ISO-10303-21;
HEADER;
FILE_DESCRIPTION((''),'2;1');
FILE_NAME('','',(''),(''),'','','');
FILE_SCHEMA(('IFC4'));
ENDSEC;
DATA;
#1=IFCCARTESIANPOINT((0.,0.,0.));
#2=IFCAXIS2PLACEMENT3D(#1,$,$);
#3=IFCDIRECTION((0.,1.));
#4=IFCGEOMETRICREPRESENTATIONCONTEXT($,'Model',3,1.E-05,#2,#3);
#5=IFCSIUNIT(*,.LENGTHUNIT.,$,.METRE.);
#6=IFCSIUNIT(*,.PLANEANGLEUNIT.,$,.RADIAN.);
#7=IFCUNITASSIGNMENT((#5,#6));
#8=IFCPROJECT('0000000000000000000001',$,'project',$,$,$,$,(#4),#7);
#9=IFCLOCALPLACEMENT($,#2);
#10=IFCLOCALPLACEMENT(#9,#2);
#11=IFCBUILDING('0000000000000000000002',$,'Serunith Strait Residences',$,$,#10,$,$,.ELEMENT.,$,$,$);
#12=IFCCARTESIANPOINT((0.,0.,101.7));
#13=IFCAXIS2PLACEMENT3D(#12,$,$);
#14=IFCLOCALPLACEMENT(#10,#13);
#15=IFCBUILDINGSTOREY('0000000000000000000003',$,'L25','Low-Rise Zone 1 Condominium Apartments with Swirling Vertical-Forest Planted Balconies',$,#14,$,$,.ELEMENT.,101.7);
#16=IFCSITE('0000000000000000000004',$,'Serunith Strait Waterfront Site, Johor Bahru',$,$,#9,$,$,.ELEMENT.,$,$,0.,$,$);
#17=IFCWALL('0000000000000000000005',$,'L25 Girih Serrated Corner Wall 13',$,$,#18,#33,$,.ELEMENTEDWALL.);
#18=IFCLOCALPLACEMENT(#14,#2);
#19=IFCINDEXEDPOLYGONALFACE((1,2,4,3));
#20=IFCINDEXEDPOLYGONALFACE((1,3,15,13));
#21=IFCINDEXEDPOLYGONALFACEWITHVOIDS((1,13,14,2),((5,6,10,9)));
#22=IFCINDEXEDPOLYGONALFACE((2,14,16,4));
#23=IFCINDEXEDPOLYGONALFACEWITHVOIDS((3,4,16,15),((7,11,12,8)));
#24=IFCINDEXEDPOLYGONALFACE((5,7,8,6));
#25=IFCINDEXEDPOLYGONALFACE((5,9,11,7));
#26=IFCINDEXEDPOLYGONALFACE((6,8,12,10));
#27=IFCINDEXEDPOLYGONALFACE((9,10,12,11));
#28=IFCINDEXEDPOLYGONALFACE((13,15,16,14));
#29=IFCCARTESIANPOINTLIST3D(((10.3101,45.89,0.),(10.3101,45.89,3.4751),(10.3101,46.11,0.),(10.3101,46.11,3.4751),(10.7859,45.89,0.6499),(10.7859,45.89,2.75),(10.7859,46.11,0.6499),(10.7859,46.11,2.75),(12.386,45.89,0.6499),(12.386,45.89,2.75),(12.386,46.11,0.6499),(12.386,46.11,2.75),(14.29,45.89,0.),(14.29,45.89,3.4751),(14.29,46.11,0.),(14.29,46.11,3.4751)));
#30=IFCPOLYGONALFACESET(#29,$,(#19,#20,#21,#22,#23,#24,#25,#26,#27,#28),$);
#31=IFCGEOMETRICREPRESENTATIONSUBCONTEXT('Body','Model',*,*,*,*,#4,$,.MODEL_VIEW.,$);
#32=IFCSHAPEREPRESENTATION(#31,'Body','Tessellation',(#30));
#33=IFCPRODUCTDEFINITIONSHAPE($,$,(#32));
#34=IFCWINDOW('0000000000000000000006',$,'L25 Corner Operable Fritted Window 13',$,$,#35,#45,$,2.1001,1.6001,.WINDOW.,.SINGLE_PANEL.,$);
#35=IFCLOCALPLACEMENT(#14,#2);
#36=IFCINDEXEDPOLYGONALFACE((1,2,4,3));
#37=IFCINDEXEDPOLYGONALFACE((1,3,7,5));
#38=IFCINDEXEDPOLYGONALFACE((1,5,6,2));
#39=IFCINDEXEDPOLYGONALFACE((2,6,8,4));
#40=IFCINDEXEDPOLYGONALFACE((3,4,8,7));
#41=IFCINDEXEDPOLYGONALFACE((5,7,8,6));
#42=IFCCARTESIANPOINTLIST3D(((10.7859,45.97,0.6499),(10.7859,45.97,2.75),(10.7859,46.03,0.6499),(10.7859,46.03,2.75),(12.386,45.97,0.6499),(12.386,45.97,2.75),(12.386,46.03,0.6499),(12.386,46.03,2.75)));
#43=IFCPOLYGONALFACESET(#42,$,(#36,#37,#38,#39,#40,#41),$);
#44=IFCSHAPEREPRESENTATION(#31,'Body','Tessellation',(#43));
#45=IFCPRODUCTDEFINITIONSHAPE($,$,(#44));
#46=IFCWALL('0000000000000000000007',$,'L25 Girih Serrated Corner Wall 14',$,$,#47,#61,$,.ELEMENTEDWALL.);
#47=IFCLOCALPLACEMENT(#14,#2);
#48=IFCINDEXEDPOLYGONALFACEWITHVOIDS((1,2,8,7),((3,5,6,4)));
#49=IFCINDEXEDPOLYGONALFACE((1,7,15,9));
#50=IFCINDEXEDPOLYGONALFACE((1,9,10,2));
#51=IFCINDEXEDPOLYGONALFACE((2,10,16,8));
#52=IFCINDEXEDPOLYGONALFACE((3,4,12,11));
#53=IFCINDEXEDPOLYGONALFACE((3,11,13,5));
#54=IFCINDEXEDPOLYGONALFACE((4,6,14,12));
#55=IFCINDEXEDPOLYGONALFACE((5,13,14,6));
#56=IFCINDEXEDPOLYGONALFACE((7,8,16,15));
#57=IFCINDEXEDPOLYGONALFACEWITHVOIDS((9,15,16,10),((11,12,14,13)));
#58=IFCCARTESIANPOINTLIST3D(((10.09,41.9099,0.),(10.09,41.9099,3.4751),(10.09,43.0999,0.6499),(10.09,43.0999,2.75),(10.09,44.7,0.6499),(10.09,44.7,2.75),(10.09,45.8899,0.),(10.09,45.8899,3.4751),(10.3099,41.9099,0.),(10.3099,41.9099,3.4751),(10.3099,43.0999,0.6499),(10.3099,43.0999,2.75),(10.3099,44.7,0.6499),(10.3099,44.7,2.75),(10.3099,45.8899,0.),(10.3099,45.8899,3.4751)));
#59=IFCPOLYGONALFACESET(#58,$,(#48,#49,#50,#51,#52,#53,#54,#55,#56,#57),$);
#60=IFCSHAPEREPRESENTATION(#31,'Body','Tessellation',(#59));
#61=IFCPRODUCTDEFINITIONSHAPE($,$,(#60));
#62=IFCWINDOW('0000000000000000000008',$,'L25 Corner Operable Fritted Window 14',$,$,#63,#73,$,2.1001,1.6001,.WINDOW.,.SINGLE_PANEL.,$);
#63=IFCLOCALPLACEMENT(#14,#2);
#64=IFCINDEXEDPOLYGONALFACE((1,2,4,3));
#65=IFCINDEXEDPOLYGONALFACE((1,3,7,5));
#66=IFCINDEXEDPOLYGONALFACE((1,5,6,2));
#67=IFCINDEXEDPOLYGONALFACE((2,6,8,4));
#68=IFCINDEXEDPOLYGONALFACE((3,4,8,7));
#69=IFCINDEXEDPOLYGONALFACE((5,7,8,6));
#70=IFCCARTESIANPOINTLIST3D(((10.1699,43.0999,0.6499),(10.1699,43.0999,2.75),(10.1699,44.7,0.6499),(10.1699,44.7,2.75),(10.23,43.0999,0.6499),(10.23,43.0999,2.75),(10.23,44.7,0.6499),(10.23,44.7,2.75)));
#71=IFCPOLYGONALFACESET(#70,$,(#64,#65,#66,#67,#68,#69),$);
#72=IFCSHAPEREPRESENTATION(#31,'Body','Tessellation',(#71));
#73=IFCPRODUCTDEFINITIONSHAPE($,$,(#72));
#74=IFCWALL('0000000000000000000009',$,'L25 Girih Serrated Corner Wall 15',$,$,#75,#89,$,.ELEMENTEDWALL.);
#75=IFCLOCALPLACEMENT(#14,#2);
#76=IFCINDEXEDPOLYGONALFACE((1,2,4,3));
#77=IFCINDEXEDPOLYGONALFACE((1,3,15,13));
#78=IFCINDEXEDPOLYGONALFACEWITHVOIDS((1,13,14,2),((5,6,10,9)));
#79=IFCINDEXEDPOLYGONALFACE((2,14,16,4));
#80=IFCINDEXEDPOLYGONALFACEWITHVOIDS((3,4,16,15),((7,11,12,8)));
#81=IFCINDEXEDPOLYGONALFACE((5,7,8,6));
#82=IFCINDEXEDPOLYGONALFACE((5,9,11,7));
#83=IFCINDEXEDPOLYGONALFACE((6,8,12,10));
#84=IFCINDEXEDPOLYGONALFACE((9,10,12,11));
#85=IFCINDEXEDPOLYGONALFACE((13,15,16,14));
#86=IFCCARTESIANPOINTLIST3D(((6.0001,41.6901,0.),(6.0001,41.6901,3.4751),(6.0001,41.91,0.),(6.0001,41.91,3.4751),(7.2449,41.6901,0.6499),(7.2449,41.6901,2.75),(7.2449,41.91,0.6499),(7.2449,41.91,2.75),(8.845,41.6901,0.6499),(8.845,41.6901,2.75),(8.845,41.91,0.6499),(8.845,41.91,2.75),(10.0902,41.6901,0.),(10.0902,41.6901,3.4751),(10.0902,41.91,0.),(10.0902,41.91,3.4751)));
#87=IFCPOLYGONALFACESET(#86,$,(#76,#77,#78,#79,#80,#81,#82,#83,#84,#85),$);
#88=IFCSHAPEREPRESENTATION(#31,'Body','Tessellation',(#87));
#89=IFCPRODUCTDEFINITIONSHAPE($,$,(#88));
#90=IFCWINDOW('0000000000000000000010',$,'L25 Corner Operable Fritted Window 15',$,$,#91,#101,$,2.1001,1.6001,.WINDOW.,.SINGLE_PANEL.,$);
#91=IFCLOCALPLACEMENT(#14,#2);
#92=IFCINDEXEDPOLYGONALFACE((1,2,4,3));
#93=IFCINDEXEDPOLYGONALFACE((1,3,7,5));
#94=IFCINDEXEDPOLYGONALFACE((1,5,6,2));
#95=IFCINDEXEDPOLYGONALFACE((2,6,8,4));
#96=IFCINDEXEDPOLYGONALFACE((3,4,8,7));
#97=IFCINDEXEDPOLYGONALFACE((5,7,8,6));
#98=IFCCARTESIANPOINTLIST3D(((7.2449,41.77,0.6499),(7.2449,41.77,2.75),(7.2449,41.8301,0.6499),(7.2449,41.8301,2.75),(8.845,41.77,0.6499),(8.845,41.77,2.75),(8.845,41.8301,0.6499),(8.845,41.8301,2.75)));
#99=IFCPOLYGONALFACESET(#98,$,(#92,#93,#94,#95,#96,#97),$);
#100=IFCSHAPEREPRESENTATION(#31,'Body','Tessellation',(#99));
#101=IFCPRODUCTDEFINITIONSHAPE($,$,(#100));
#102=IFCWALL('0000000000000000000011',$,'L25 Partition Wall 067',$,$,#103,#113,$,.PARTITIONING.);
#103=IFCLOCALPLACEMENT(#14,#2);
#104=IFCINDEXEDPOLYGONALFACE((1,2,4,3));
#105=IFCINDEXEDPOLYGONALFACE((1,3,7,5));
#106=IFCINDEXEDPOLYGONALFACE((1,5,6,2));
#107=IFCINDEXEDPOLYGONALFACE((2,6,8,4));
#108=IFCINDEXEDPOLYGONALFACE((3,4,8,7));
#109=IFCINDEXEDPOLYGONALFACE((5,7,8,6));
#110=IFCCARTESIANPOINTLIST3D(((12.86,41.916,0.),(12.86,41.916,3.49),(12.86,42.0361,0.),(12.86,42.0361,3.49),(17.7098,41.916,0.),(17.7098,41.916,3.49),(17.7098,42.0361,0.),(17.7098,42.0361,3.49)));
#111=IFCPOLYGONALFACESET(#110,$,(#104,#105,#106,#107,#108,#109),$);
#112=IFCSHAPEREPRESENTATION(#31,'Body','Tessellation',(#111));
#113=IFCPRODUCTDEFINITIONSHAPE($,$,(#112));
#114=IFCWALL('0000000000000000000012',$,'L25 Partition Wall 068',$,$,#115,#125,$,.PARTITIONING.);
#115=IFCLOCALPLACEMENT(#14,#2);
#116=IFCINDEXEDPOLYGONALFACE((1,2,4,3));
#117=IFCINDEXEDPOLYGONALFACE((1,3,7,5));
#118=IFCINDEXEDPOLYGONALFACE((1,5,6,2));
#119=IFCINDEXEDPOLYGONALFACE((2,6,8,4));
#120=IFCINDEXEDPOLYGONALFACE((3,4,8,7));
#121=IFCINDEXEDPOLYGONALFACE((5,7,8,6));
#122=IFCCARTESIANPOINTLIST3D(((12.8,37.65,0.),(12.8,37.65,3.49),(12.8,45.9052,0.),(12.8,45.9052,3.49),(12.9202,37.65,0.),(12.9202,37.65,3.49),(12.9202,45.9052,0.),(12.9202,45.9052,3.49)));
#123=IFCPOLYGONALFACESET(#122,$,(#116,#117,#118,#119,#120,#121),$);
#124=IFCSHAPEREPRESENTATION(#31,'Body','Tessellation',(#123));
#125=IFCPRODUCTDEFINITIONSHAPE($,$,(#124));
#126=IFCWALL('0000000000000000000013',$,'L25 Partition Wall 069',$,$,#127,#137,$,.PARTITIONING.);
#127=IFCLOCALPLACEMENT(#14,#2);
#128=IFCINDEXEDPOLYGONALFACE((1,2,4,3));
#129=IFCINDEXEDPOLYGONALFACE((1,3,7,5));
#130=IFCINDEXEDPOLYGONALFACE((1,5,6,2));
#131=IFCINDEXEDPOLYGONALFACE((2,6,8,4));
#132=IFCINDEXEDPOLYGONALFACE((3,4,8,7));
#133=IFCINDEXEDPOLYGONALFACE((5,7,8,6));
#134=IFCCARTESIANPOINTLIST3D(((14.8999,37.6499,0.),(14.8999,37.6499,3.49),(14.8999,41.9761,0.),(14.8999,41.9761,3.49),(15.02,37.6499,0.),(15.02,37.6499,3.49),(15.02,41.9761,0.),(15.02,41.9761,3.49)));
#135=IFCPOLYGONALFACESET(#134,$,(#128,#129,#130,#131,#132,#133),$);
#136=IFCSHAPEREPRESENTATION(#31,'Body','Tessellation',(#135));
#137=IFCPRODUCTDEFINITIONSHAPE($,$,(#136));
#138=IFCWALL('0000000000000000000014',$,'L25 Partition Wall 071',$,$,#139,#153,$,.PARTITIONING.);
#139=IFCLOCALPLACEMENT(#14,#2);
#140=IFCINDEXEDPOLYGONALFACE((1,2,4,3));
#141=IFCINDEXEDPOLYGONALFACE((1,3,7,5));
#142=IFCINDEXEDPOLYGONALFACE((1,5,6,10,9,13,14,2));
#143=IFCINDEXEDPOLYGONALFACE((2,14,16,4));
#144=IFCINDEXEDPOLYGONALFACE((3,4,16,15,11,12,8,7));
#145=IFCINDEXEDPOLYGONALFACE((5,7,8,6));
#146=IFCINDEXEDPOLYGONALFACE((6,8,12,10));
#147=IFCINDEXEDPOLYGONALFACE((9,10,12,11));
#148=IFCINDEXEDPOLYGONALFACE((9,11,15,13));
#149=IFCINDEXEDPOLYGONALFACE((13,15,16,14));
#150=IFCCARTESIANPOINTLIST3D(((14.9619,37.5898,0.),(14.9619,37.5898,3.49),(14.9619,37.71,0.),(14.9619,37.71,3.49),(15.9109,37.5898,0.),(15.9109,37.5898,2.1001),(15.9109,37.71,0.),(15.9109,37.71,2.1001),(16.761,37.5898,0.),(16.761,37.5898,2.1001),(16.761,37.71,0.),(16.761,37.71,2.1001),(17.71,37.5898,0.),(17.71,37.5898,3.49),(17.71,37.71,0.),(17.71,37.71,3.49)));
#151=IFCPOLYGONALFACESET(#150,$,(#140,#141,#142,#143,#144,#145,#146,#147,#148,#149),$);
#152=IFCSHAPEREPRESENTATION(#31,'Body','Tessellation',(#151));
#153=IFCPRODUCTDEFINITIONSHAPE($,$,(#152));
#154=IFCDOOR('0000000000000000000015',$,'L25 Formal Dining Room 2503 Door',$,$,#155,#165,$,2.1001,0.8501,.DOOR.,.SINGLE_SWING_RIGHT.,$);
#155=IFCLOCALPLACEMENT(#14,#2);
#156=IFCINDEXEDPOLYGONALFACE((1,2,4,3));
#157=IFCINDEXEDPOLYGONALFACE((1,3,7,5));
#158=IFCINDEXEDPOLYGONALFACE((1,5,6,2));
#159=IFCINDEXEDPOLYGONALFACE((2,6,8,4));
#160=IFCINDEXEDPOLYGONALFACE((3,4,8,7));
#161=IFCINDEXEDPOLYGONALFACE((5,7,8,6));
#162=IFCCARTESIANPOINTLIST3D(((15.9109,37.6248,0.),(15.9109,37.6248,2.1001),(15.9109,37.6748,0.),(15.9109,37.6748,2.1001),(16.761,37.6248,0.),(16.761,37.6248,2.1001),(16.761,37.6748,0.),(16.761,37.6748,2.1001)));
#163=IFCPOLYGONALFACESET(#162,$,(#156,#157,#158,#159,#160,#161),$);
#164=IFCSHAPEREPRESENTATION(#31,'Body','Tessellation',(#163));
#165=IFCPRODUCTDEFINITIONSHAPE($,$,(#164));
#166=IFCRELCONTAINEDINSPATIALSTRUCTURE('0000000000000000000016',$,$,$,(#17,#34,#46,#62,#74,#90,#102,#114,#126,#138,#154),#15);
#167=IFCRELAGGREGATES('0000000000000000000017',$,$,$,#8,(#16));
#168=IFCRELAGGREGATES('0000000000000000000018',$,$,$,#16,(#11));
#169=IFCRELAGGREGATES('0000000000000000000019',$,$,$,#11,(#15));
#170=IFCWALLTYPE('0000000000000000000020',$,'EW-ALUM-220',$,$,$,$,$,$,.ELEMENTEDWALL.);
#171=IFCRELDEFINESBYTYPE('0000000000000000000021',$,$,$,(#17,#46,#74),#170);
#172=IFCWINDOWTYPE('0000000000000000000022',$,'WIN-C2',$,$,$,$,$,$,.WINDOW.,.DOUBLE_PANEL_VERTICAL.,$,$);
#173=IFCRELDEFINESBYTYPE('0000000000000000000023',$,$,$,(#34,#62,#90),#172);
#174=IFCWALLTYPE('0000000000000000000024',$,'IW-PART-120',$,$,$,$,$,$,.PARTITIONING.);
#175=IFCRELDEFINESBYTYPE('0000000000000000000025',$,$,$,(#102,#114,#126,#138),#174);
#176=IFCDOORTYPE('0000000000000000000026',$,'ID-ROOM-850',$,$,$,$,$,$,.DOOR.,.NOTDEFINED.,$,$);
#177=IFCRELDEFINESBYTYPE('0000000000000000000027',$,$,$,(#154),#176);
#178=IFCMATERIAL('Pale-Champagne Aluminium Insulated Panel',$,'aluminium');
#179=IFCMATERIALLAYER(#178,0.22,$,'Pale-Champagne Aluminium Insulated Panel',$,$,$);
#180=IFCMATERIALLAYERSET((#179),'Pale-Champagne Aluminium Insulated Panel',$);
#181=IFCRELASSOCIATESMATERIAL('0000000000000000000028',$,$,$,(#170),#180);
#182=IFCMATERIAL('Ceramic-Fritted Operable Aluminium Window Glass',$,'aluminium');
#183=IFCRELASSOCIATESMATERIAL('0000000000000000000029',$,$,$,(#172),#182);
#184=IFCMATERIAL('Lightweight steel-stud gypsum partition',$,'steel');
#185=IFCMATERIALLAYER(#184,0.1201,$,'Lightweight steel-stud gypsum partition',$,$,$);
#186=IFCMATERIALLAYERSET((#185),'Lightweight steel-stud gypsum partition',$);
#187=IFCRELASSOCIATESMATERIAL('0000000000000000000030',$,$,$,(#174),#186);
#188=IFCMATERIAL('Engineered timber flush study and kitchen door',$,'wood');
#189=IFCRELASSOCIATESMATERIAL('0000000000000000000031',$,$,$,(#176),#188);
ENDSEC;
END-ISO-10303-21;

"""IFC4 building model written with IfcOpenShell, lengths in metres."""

from ifc_helpers import new_model, si_unit, direction, frame, frame_2d, origin, place, context, subcontext, project, spatial, rectangle, extrude, source, transform, mapped, material, layer, layer_set, type_object, element, fill, save


model = new_model("IFC4")

# Units and contexts
model_context = context("Model", 3, precision=1e-05, world=origin(), true_north=direction((0.0, 1.0)))
body_context = subcontext(model_context, "Body", "Model", "MODEL_VIEW")
ifc_project = project(units=[si_unit("LENGTHUNIT", "METRE"), si_unit("PLANEANGLEUNIT", "RADIAN")], contexts=[model_context])

# Site, building, storey
site_placement = place(None, origin())
site = spatial("IfcSite", under=ifc_project, at=site_placement, Name="Serunith Strait Waterfront Site, Johor Bahru", CompositionType="ELEMENT", RefElevation=0.0)
building_placement = place(site_placement, origin())
building = spatial("IfcBuilding", under=site, at=building_placement, Name="Serunith Strait Residences", CompositionType="ELEMENT")
storey_placement = place(building_placement, frame((0.0, 0.0, 101.7)))
storey = spatial("IfcBuildingStorey", under=building, at=storey_placement, Name="L25", Description="Low-Rise Zone 1 Condominium Apartments with Swirling Vertical-Forest Planted Balconies", CompositionType="ELEMENT", Elevation=101.7)

# Walls, openings, windows
ifc_material_1 = material(Name="Pale-Champagne Aluminium Insulated Panel", Category="aluminium")
ifc_layer_1 = layer(ifc_material_1, 0.22, Name="Pale-Champagne Aluminium Insulated Panel")
ifc_layer_set_1 = layer_set([ifc_layer_1], Name="Pale-Champagne Aluminium Insulated Panel")
wall_type_1 = type_object("IfcWallType", Name="EW-ALUM-220", PredefinedType="ELEMENTEDWALL", material=ifc_layer_set_1)
ifc_material_2 = material(Name="Ceramic-Fritted Operable Aluminium Window Glass", Category="aluminium")
window_type = type_object("IfcWindowType", Name="WIN-C2", PartitioningType="DOUBLE_PANEL_VERTICAL", PredefinedType="WINDOW", material=ifc_material_2)
shared_shape_1 = source(origin(), body_context, "Body", "SweptSolid", [
    extrude(rectangle(XDim=1.6001, YDim=2.1001, at=frame_2d((0.8, 1.05))), frame((0.0, 0.03, 0.0), z_axis=(0.0, -1.0, 0.0), x_axis=(1.0, 0.0, 0.0)), (0.0, 0.0, 1.0), 0.0601),
])
wall_1_placement = place(storey_placement, frame((14.29, 46.0, 0.0), z_axis=(0.0, 0.0, 1.0), x_axis=(-1.0, 0.0, 0.0)))
wall_1 = element("IfcWall", 1, at=wall_1_placement, inside=storey, type_object=wall_type_1, Name="L25 Girih Serrated Corner Wall 13", PredefinedType="ELEMENTEDWALL", context=body_context, shape_type="SweptSolid", body=[
    extrude(rectangle(XDim=3.98, YDim=0.22, at=frame_2d((1.99, 0.0))), origin(), (0.0, 0.0, 1.0), 3.4751),
])
opening_1_placement = place(wall_1_placement, frame((1.9041, 0.0, 0.6499)))
opening_1 = element("IfcOpeningElement", 2, at=opening_1_placement, cuts=wall_1, PredefinedType="OPENING", context=body_context, shape_type="SweptSolid", body=[
    extrude(rectangle(XDim=1.6001, YDim=2.1001, at=frame_2d((0.8, 1.05))), frame((0.0, 0.1201, 0.0), z_axis=(0.0, -1.0, 0.0), x_axis=(1.0, 0.0, 0.0)), (0.0, 0.0, 1.0), 0.24),
])
window_1_placement = place(opening_1_placement, origin())
window_1 = element("IfcWindow", 3, at=window_1_placement, inside=storey, type_object=window_type, Name="L25 Corner Operable Fritted Window 13", OverallHeight=2.1001, OverallWidth=1.6001, PartitioningType="SINGLE_PANEL", PredefinedType="WINDOW", context=body_context, shape_type="MappedRepresentation", body=[
    mapped(shared_shape_1, transform((0.0, 0.0, 0.0), scale=1.0)),
])
fill(opening_1, window_1)
wall_2_placement = place(storey_placement, frame((10.2, 45.8899, 0.0), z_axis=(0.0, 0.0, 1.0), x_axis=(0.0, -1.0, 0.0)))
wall_2 = element("IfcWall", 4, at=wall_2_placement, inside=storey, type_object=wall_type_1, Name="L25 Girih Serrated Corner Wall 14", PredefinedType="ELEMENTEDWALL", context=body_context, shape_type="SweptSolid", body=[
    extrude(rectangle(XDim=3.98, YDim=0.22, at=frame_2d((1.99, 0.0))), origin(), (0.0, 0.0, 1.0), 3.4751),
])
opening_2_placement = place(wall_2_placement, frame((1.1899, 0.0, 0.6499)))
opening_2 = element("IfcOpeningElement", 5, at=opening_2_placement, cuts=wall_2, PredefinedType="OPENING", context=body_context, shape_type="SweptSolid", body=[
    extrude(rectangle(XDim=1.6001, YDim=2.1001, at=frame_2d((0.8, 1.05))), frame((0.0, 0.1201, 0.0), z_axis=(0.0, -1.0, 0.0), x_axis=(1.0, 0.0, 0.0)), (0.0, 0.0, 1.0), 0.24),
])
window_2_placement = place(opening_2_placement, origin())
window_2 = element("IfcWindow", 6, at=window_2_placement, inside=storey, type_object=window_type, Name="L25 Corner Operable Fritted Window 14", OverallHeight=2.1001, OverallWidth=1.6001, PartitioningType="SINGLE_PANEL", PredefinedType="WINDOW", context=body_context, shape_type="MappedRepresentation", body=[
    mapped(shared_shape_1, transform((0.0, 0.0, 0.0), scale=1.0)),
])
fill(opening_2, window_2)
wall_3_placement = place(storey_placement, frame((10.0901, 41.8, 0.0), z_axis=(0.0, 0.0, 1.0), x_axis=(-1.0, 0.0, 0.0)))
wall_3 = element("IfcWall", 7, at=wall_3_placement, inside=storey, type_object=wall_type_1, Name="L25 Girih Serrated Corner Wall 15", PredefinedType="ELEMENTEDWALL", context=body_context, shape_type="SweptSolid", body=[
    extrude(rectangle(XDim=4.0901, YDim=0.22, at=frame_2d((2.0449, 0.0))), origin(), (0.0, 0.0, 1.0), 3.4751),
])
opening_3_placement = place(wall_3_placement, frame((1.2451, 0.0, 0.6499)))
opening_3 = element("IfcOpeningElement", 8, at=opening_3_placement, cuts=wall_3, PredefinedType="OPENING", context=body_context, shape_type="SweptSolid", body=[
    extrude(rectangle(XDim=1.6001, YDim=2.1001, at=frame_2d((0.8, 1.05))), frame((0.0, 0.1201, 0.0), z_axis=(0.0, -1.0, 0.0), x_axis=(1.0, 0.0, 0.0)), (0.0, 0.0, 1.0), 0.24),
])
window_3_placement = place(opening_3_placement, origin())
window_3 = element("IfcWindow", 9, at=window_3_placement, inside=storey, type_object=window_type, Name="L25 Corner Operable Fritted Window 15", OverallHeight=2.1001, OverallWidth=1.6001, PartitioningType="SINGLE_PANEL", PredefinedType="WINDOW", context=body_context, shape_type="MappedRepresentation", body=[
    mapped(shared_shape_1, transform((0.0, 0.0, 0.0), scale=1.0)),
])
fill(opening_3, window_3)

# Walls
ifc_material_3 = material(Name="Lightweight steel-stud gypsum partition", Category="steel")
ifc_layer_2 = layer(ifc_material_3, 0.1201, Name="Lightweight steel-stud gypsum partition")
ifc_layer_set_2 = layer_set([ifc_layer_2], Name="Lightweight steel-stud gypsum partition")
wall_type_2 = type_object("IfcWallType", Name="IW-PART-120", PredefinedType="PARTITIONING", material=ifc_layer_set_2)
wall_4_placement = place(storey_placement, frame((12.8601, 41.9761, 0.0), z_axis=(0.0, 0.0, 1.0), x_axis=(1.0, 0.0, 0.0)))
element("IfcWall", 10, at=wall_4_placement, inside=storey, type_object=wall_type_2, Name="L25 Partition Wall 067", PredefinedType="PARTITIONING", context=body_context, shape_type="SweptSolid", body=[
    extrude(rectangle(XDim=4.8499, YDim=0.1201, at=frame_2d((2.4248, 0.0))), origin(), (0.0, 0.0, 1.0), 3.49),
])
wall_5_placement = place(storey_placement, frame((12.8601, 45.905, 0.0), z_axis=(0.0, 0.0, 1.0), x_axis=(0.0, -1.0, 0.0)))
element("IfcWall", 11, at=wall_5_placement, inside=storey, type_object=wall_type_2, Name="L25 Partition Wall 068", PredefinedType="PARTITIONING", context=body_context, shape_type="SweptSolid", body=[
    extrude(rectangle(XDim=8.2551, YDim=0.1201, at=frame_2d((4.1274, 0.0))), origin(), (0.0, 0.0, 1.0), 3.49),
])
wall_6_placement = place(storey_placement, frame((14.96, 41.9761, 0.0), z_axis=(0.0, 0.0, 1.0), x_axis=(0.0, -1.0, 0.0)))
element("IfcWall", 12, at=wall_6_placement, inside=storey, type_object=wall_type_2, Name="L25 Partition Wall 069", PredefinedType="PARTITIONING", context=body_context, shape_type="SweptSolid", body=[
    extrude(rectangle(XDim=4.3262, YDim=0.1201, at=frame_2d((2.1631, 0.0))), origin(), (0.0, 0.0, 1.0), 3.49),
])

# Wall, opening, door
wall_7_placement = place(storey_placement, frame((14.9619, 37.6499, 0.0), z_axis=(0.0, 0.0, 1.0), x_axis=(1.0, 0.0, 0.0)))
wall_7 = element("IfcWall", 13, at=wall_7_placement, inside=storey, type_object=wall_type_2, Name="L25 Partition Wall 071", PredefinedType="PARTITIONING", context=body_context, shape_type="SweptSolid", body=[
    extrude(rectangle(XDim=2.748, YDim=0.1201, at=frame_2d((1.374, 0.0))), origin(), (0.0, 0.0, 1.0), 3.49),
])
opening_4_placement = place(wall_7_placement, frame((0.949, 0.0, 0.0)))
opening_4 = element("IfcOpeningElement", 14, at=opening_4_placement, cuts=wall_7, PredefinedType="OPENING", context=body_context, shape_type="SweptSolid", body=[
    extrude(rectangle(XDim=0.8501, YDim=2.1001, at=frame_2d((0.425, 1.05))), frame((0.0, 0.0701, 0.0), z_axis=(0.0, -1.0, 0.0), x_axis=(1.0, 0.0, 0.0)), (0.0, 0.0, 1.0), 0.1401),
])
ifc_material_4 = material(Name="Engineered timber flush study and kitchen door", Category="wood")
door_type_1 = type_object("IfcDoorType", Name="ID-ROOM-850", OperationType="NOTDEFINED", PredefinedType="DOOR", material=ifc_material_4)
shared_shape_2 = source(origin(), body_context, "Body", "SweptSolid", [
    extrude(rectangle(XDim=0.8501, YDim=2.1001, at=frame_2d((0.425, 1.05))), frame((0.0, 0.0249, 0.0), z_axis=(0.0, -1.0, 0.0), x_axis=(1.0, 0.0, 0.0)), (0.0, 0.0, 1.0), 0.05),
])
door_1_placement = place(opening_4_placement, origin())
door_1 = element("IfcDoor", 15, at=door_1_placement, inside=storey, type_object=door_type_1, Name="L25 Formal Dining Room 2503 Door", OperationType="SINGLE_SWING_RIGHT", OverallHeight=2.1001, OverallWidth=0.8501, PredefinedType="DOOR", context=body_context, shape_type="MappedRepresentation", body=[
    mapped(shared_shape_2, transform((0.0, 0.0, 0.0), scale=1.0)),
])
fill(opening_4, door_1)

save(model, "model.ifc")
